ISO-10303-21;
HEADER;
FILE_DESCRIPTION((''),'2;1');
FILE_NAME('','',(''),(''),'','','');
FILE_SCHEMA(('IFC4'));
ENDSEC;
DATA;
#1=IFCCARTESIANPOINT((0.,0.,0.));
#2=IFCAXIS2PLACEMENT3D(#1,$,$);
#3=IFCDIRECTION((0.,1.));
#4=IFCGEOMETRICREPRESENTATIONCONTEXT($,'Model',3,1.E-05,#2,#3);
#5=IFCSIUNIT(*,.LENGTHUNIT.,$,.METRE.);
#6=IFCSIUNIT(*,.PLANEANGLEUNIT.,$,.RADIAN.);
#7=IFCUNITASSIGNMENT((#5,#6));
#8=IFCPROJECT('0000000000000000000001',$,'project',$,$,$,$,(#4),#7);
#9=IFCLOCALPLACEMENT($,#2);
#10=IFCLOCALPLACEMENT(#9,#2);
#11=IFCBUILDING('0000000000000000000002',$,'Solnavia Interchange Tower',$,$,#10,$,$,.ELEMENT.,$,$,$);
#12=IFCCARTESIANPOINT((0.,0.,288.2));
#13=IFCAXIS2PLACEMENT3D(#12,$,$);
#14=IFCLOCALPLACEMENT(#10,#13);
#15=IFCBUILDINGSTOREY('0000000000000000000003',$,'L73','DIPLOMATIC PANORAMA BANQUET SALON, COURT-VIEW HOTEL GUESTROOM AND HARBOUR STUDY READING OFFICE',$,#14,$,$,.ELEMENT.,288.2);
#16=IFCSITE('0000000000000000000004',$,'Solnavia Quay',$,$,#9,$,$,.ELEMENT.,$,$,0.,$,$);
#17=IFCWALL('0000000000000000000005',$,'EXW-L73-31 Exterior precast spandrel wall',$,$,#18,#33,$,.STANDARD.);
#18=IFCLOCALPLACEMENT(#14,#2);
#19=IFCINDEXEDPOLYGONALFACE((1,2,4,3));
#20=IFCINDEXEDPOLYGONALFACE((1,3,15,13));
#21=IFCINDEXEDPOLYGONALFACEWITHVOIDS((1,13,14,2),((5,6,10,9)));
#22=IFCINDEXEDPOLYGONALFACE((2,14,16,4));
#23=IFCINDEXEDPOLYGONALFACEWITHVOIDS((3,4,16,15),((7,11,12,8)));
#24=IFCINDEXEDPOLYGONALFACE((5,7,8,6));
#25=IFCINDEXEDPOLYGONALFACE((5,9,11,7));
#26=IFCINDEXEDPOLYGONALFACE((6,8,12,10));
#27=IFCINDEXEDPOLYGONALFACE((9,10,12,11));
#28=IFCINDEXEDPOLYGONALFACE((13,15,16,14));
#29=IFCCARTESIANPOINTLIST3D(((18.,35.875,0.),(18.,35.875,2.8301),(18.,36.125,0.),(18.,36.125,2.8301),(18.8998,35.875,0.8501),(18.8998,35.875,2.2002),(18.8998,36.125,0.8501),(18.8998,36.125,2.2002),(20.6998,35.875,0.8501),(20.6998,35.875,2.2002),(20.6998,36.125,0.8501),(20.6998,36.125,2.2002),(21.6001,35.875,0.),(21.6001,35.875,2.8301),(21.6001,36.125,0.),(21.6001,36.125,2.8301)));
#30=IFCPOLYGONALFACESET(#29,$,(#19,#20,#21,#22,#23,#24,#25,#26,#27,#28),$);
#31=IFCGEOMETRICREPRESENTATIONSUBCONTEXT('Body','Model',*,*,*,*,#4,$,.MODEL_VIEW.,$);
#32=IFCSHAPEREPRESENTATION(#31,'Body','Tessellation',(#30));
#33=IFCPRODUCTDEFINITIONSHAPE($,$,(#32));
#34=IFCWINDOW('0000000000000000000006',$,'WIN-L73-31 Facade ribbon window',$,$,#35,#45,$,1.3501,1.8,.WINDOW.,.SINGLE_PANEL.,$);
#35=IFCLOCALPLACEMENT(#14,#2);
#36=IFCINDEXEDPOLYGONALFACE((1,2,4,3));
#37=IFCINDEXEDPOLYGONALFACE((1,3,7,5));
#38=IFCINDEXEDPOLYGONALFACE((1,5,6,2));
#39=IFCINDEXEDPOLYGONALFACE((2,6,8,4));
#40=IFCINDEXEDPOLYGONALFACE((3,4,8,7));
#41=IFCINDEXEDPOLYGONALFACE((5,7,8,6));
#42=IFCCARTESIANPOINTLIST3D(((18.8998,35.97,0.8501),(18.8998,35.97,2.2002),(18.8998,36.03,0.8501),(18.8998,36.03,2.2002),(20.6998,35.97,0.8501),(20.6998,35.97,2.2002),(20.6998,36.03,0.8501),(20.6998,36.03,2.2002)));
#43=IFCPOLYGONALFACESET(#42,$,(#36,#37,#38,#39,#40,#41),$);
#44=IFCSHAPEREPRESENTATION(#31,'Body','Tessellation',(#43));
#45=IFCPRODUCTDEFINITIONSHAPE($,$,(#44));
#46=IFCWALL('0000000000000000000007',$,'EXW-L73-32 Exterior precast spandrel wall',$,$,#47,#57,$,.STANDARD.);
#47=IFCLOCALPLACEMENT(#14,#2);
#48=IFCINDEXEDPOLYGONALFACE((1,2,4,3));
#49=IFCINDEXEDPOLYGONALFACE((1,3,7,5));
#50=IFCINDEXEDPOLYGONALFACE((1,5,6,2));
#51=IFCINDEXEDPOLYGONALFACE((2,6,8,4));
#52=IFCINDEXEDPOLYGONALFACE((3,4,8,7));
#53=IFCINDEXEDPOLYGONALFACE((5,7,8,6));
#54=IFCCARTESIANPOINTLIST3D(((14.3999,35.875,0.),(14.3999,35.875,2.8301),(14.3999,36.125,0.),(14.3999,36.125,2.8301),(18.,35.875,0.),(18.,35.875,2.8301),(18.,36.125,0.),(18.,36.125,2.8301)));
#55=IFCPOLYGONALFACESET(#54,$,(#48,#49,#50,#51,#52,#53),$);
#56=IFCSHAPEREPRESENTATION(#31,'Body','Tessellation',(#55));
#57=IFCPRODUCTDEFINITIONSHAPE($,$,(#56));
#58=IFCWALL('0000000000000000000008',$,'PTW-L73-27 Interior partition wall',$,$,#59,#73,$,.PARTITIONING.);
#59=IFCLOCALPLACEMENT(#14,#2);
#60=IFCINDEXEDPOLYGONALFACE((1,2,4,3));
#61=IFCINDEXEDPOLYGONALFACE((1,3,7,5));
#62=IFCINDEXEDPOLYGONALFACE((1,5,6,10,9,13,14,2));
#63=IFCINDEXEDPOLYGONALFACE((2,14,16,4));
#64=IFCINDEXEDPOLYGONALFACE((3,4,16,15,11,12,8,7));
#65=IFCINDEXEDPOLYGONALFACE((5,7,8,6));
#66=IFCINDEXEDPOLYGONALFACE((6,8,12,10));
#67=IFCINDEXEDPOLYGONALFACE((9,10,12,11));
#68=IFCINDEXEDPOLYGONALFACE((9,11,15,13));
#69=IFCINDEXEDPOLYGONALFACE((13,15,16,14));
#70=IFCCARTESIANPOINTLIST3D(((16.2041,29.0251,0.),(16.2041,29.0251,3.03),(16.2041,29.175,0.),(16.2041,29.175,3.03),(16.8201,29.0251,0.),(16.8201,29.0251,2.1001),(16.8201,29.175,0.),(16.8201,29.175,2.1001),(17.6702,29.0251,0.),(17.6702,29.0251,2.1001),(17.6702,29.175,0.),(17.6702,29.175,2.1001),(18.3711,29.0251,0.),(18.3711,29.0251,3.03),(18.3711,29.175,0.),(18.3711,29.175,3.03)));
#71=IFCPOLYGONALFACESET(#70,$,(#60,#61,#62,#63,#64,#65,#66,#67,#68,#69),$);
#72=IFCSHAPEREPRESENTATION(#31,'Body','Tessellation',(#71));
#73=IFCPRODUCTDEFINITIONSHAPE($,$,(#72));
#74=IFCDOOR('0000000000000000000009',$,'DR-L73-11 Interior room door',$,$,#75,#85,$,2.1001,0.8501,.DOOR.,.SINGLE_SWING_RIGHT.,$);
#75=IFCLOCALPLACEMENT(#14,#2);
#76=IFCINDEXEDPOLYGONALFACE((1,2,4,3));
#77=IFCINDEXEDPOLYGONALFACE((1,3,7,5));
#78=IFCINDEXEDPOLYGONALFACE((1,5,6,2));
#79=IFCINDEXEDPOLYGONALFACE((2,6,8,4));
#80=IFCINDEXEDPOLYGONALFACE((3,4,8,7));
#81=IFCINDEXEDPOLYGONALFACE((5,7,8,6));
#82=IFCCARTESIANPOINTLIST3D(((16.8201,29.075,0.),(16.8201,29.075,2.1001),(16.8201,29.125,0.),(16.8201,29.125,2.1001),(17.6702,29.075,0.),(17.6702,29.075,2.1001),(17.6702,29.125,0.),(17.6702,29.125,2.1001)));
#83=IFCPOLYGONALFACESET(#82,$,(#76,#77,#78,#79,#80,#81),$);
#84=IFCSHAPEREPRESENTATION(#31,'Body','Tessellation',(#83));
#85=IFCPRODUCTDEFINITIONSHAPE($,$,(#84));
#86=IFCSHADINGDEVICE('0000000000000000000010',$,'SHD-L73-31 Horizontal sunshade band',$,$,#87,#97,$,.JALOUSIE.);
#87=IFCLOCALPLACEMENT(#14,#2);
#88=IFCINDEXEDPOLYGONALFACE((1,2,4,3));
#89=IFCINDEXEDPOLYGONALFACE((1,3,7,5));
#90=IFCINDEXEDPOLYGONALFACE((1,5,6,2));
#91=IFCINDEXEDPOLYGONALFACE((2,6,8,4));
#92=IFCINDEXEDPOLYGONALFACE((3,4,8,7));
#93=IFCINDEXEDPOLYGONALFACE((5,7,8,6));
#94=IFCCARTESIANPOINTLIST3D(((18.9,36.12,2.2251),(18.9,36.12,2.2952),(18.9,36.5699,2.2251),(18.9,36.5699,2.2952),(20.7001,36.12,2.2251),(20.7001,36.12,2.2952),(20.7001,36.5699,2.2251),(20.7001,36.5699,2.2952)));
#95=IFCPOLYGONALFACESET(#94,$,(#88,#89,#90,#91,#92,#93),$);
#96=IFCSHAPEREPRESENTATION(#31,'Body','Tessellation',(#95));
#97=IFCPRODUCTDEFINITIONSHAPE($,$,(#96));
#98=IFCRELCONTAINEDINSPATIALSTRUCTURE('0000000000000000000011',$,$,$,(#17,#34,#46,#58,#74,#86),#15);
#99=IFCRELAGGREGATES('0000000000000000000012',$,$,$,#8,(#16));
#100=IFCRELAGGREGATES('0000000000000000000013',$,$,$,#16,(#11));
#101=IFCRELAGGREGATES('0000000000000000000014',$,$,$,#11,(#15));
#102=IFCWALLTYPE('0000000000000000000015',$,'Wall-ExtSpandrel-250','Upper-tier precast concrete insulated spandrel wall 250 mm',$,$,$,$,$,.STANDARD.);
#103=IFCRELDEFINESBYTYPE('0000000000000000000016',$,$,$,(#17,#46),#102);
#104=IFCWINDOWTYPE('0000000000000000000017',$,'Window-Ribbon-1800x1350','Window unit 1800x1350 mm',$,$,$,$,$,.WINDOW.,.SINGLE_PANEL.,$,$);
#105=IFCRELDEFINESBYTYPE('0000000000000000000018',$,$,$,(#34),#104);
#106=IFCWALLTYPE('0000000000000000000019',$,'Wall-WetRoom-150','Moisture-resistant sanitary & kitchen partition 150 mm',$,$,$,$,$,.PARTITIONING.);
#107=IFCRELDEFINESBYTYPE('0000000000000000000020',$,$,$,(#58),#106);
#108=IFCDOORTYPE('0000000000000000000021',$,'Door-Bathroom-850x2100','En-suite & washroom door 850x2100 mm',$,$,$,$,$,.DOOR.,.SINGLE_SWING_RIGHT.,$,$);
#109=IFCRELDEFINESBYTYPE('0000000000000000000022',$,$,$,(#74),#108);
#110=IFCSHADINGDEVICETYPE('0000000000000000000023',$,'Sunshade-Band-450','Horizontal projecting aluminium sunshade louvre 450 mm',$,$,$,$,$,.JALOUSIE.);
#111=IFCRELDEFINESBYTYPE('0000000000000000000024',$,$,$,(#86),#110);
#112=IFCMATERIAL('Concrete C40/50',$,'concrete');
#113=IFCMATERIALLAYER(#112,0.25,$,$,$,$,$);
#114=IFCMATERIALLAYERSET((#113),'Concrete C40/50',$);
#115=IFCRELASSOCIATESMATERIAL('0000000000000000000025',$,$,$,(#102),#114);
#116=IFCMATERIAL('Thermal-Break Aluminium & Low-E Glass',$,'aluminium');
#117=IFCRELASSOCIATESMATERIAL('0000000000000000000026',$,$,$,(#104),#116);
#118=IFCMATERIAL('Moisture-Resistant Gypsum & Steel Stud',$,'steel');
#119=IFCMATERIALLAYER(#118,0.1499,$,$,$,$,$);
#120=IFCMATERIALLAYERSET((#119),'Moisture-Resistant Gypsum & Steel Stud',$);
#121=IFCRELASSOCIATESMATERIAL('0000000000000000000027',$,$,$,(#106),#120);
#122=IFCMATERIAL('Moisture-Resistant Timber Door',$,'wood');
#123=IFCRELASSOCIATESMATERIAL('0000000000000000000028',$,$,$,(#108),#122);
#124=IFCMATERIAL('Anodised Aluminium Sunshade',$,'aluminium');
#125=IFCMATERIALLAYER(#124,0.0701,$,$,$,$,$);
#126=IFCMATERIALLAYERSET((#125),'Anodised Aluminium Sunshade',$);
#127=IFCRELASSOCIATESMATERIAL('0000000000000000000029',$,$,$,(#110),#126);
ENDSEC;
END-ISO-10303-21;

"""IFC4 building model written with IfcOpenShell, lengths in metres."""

from ifc_helpers import new_model, si_unit, direction, frame, frame_2d, origin, origin_2d, place, context, subcontext, project, spatial, rectangle, extrude, material, layer, layer_set, type_object, element, fill, save


model = new_model("IFC4")

# Units and contexts
model_context = context("Model", 3, precision=1e-05, world=origin(), true_north=direction((0.0, 1.0)))
body_context = subcontext(model_context, "Body", "Model", "MODEL_VIEW")
ifc_project = project(units=[si_unit("LENGTHUNIT", "METRE"), si_unit("PLANEANGLEUNIT", "RADIAN")], contexts=[model_context])

# Site, building, storey
site_placement = place(None, origin())
site = spatial("IfcSite", under=ifc_project, at=site_placement, Name="Solnavia Quay", CompositionType="ELEMENT", RefElevation=0.0)
building_placement = place(site_placement, origin())
building = spatial("IfcBuilding", under=site, at=building_placement, Name="Solnavia Interchange Tower", CompositionType="ELEMENT")
storey_placement = place(building_placement, frame((0.0, 0.0, 288.2)))
storey = spatial("IfcBuildingStorey", under=building, at=storey_placement, Name="L73", Description="DIPLOMATIC PANORAMA BANQUET SALON, COURT-VIEW HOTEL GUESTROOM AND HARBOUR STUDY READING OFFICE", CompositionType="ELEMENT", Elevation=288.2)

# Shared definitions
ifc_material_1 = material(Name="Concrete C40/50", Category="concrete")
ifc_layer_1 = layer(ifc_material_1, 0.25)
ifc_layer_set_1 = layer_set([ifc_layer_1], Name="Concrete C40/50")
wall_type_1 = type_object("IfcWallType", Name="Wall-ExtSpandrel-250", Description="Upper-tier precast concrete insulated spandrel wall 250 mm", PredefinedType="STANDARD", material=ifc_layer_set_1)

# Wall, opening, window
wall_1_placement = place(storey_placement, frame((18.0, 36.0, 0.0), z_axis=(0.0, 0.0, 1.0), x_axis=(1.0, 0.0, 0.0)))
wall_1 = element("IfcWall", 1, at=wall_1_placement, inside=storey, type_object=wall_type_1, Name="EXW-L73-31 Exterior precast spandrel wall", PredefinedType="STANDARD", context=body_context, shape_type="SweptSolid", body=[
    extrude(rectangle(XDim=3.6001, YDim=0.25, at=frame_2d((1.8, 0.0))), origin(), (0.0, 0.0, 1.0), 2.8301),
])
opening_1_placement = place(wall_1_placement, frame((0.8999, 0.0, 0.8501)))
opening_1 = element("IfcOpeningElement", 2, at=opening_1_placement, cuts=wall_1, PredefinedType="OPENING", context=body_context, shape_type="SweptSolid", body=[
    extrude(rectangle(XDim=1.8, YDim=1.3501, at=frame_2d((0.8999, 0.675))), frame((0.0, 0.135, 0.0), z_axis=(0.0, -1.0, 0.0), x_axis=(1.0, 0.0, 0.0)), (0.0, 0.0, 1.0), 0.27),
])
ifc_material_2 = material(Name="Thermal-Break Aluminium & Low-E Glass", Category="aluminium")
window_type = type_object("IfcWindowType", Name="Window-Ribbon-1800x1350", Description="Window unit 1800x1350 mm", PartitioningType="SINGLE_PANEL", PredefinedType="WINDOW", material=ifc_material_2)
window_placement = place(opening_1_placement, origin())
window = element("IfcWindow", 3, at=window_placement, inside=storey, type_object=window_type, Name="WIN-L73-31 Facade ribbon window", OverallHeight=1.3501, OverallWidth=1.8, PartitioningType="SINGLE_PANEL", PredefinedType="WINDOW", context=body_context, shape_type="SweptSolid", body=[
    extrude(rectangle(XDim=1.8, YDim=1.3501, at=frame_2d((0.8999, 0.675))), frame((0.0, 0.03, 0.0), z_axis=(0.0, -1.0, 0.0), x_axis=(1.0, 0.0, 0.0)), (0.0, 0.0, 1.0), 0.0601),
])
fill(opening_1, window)

# Wall
wall_2_placement = place(storey_placement, frame((14.3999, 36.0, 0.0), z_axis=(0.0, 0.0, 1.0), x_axis=(1.0, 0.0, 0.0)))
element("IfcWall", 4, at=wall_2_placement, inside=storey, type_object=wall_type_1, Name="EXW-L73-32 Exterior precast spandrel wall", PredefinedType="STANDARD", context=body_context, shape_type="SweptSolid", body=[
    extrude(rectangle(XDim=3.6001, YDim=0.25, at=frame_2d((1.8, 0.0))), origin(), (0.0, 0.0, 1.0), 2.8301),
])

# Wall, opening, door
ifc_material_3 = material(Name="Moisture-Resistant Gypsum & Steel Stud", Category="steel")
ifc_layer_2 = layer(ifc_material_3, 0.1499)
ifc_layer_set_2 = layer_set([ifc_layer_2], Name="Moisture-Resistant Gypsum & Steel Stud")
wall_type_2 = type_object("IfcWallType", Name="Wall-WetRoom-150", Description="Moisture-resistant sanitary & kitchen partition 150 mm", PredefinedType="PARTITIONING", material=ifc_layer_set_2)
wall_3_placement = place(storey_placement, frame((16.2041, 29.1001, 0.0), z_axis=(0.0, 0.0, 1.0), x_axis=(1.0, 0.0, 0.0)))
wall_3 = element("IfcWall", 5, at=wall_3_placement, inside=storey, type_object=wall_type_2, Name="PTW-L73-27 Interior partition wall", PredefinedType="PARTITIONING", context=body_context, shape_type="SweptSolid", body=[
    extrude(rectangle(XDim=2.167, YDim=0.1499, at=frame_2d((1.0835, 0.0))), origin(), (0.0, 0.0, 1.0), 3.03),
])
opening_2_placement = place(wall_3_placement, frame((0.616, 0.0, 0.0)))
opening_2 = element("IfcOpeningElement", 6, at=opening_2_placement, cuts=wall_3, PredefinedType="OPENING", context=body_context, shape_type="SweptSolid", body=[
    extrude(rectangle(XDim=0.8501, YDim=2.1001, at=frame_2d((0.425, 1.05))), frame((0.0, 0.085, 0.0), z_axis=(0.0, -1.0, 0.0), x_axis=(1.0, 0.0, 0.0)), (0.0, 0.0, 1.0), 0.1699),
])
ifc_material_4 = material(Name="Moisture-Resistant Timber Door", Category="wood")
door_type_1 = type_object("IfcDoorType", Name="Door-Bathroom-850x2100", Description="En-suite & washroom door 850x2100 mm", OperationType="SINGLE_SWING_RIGHT", PredefinedType="DOOR", material=ifc_material_4)
door_1_placement = place(opening_2_placement, origin())
door_1 = element("IfcDoor", 7, at=door_1_placement, inside=storey, type_object=door_type_1, Name="DR-L73-11 Interior room door", OperationType="SINGLE_SWING_RIGHT", OverallHeight=2.1001, OverallWidth=0.8501, PredefinedType="DOOR", context=body_context, shape_type="SweptSolid", body=[
    extrude(rectangle(XDim=0.8501, YDim=2.1001, at=frame_2d((0.425, 1.05))), frame((0.0, 0.0249, 0.0), z_axis=(0.0, -1.0, 0.0), x_axis=(1.0, 0.0, 0.0)), (0.0, 0.0, 1.0), 0.05),
])
fill(opening_2, door_1)

# Shading device
ifc_material_5 = material(Name="Anodised Aluminium Sunshade", Category="aluminium")
ifc_layer_3 = layer(ifc_material_5, 0.0701)
ifc_layer_set_3 = layer_set([ifc_layer_3], Name="Anodised Aluminium Sunshade")
shading_device_type = type_object("IfcShadingDeviceType", Name="Sunshade-Band-450", Description="Horizontal projecting aluminium sunshade louvre 450 mm", PredefinedType="JALOUSIE", material=ifc_layer_set_3)
shading_device_placement = place(storey_placement, frame((19.8, 36.345, 2.2251), z_axis=(0.0, 0.0, 1.0), x_axis=(1.0, 0.0, 0.0)))
element("IfcShadingDevice", 8, at=shading_device_placement, inside=storey, type_object=shading_device_type, Name="SHD-L73-31 Horizontal sunshade band", PredefinedType="JALOUSIE", context=body_context, shape_type="SweptSolid", body=[
    extrude(rectangle(XDim=1.8, YDim=0.45, at=origin_2d()), origin(), (0.0, 0.0, 1.0), 0.0701),
])

save(model, "model.ifc")
